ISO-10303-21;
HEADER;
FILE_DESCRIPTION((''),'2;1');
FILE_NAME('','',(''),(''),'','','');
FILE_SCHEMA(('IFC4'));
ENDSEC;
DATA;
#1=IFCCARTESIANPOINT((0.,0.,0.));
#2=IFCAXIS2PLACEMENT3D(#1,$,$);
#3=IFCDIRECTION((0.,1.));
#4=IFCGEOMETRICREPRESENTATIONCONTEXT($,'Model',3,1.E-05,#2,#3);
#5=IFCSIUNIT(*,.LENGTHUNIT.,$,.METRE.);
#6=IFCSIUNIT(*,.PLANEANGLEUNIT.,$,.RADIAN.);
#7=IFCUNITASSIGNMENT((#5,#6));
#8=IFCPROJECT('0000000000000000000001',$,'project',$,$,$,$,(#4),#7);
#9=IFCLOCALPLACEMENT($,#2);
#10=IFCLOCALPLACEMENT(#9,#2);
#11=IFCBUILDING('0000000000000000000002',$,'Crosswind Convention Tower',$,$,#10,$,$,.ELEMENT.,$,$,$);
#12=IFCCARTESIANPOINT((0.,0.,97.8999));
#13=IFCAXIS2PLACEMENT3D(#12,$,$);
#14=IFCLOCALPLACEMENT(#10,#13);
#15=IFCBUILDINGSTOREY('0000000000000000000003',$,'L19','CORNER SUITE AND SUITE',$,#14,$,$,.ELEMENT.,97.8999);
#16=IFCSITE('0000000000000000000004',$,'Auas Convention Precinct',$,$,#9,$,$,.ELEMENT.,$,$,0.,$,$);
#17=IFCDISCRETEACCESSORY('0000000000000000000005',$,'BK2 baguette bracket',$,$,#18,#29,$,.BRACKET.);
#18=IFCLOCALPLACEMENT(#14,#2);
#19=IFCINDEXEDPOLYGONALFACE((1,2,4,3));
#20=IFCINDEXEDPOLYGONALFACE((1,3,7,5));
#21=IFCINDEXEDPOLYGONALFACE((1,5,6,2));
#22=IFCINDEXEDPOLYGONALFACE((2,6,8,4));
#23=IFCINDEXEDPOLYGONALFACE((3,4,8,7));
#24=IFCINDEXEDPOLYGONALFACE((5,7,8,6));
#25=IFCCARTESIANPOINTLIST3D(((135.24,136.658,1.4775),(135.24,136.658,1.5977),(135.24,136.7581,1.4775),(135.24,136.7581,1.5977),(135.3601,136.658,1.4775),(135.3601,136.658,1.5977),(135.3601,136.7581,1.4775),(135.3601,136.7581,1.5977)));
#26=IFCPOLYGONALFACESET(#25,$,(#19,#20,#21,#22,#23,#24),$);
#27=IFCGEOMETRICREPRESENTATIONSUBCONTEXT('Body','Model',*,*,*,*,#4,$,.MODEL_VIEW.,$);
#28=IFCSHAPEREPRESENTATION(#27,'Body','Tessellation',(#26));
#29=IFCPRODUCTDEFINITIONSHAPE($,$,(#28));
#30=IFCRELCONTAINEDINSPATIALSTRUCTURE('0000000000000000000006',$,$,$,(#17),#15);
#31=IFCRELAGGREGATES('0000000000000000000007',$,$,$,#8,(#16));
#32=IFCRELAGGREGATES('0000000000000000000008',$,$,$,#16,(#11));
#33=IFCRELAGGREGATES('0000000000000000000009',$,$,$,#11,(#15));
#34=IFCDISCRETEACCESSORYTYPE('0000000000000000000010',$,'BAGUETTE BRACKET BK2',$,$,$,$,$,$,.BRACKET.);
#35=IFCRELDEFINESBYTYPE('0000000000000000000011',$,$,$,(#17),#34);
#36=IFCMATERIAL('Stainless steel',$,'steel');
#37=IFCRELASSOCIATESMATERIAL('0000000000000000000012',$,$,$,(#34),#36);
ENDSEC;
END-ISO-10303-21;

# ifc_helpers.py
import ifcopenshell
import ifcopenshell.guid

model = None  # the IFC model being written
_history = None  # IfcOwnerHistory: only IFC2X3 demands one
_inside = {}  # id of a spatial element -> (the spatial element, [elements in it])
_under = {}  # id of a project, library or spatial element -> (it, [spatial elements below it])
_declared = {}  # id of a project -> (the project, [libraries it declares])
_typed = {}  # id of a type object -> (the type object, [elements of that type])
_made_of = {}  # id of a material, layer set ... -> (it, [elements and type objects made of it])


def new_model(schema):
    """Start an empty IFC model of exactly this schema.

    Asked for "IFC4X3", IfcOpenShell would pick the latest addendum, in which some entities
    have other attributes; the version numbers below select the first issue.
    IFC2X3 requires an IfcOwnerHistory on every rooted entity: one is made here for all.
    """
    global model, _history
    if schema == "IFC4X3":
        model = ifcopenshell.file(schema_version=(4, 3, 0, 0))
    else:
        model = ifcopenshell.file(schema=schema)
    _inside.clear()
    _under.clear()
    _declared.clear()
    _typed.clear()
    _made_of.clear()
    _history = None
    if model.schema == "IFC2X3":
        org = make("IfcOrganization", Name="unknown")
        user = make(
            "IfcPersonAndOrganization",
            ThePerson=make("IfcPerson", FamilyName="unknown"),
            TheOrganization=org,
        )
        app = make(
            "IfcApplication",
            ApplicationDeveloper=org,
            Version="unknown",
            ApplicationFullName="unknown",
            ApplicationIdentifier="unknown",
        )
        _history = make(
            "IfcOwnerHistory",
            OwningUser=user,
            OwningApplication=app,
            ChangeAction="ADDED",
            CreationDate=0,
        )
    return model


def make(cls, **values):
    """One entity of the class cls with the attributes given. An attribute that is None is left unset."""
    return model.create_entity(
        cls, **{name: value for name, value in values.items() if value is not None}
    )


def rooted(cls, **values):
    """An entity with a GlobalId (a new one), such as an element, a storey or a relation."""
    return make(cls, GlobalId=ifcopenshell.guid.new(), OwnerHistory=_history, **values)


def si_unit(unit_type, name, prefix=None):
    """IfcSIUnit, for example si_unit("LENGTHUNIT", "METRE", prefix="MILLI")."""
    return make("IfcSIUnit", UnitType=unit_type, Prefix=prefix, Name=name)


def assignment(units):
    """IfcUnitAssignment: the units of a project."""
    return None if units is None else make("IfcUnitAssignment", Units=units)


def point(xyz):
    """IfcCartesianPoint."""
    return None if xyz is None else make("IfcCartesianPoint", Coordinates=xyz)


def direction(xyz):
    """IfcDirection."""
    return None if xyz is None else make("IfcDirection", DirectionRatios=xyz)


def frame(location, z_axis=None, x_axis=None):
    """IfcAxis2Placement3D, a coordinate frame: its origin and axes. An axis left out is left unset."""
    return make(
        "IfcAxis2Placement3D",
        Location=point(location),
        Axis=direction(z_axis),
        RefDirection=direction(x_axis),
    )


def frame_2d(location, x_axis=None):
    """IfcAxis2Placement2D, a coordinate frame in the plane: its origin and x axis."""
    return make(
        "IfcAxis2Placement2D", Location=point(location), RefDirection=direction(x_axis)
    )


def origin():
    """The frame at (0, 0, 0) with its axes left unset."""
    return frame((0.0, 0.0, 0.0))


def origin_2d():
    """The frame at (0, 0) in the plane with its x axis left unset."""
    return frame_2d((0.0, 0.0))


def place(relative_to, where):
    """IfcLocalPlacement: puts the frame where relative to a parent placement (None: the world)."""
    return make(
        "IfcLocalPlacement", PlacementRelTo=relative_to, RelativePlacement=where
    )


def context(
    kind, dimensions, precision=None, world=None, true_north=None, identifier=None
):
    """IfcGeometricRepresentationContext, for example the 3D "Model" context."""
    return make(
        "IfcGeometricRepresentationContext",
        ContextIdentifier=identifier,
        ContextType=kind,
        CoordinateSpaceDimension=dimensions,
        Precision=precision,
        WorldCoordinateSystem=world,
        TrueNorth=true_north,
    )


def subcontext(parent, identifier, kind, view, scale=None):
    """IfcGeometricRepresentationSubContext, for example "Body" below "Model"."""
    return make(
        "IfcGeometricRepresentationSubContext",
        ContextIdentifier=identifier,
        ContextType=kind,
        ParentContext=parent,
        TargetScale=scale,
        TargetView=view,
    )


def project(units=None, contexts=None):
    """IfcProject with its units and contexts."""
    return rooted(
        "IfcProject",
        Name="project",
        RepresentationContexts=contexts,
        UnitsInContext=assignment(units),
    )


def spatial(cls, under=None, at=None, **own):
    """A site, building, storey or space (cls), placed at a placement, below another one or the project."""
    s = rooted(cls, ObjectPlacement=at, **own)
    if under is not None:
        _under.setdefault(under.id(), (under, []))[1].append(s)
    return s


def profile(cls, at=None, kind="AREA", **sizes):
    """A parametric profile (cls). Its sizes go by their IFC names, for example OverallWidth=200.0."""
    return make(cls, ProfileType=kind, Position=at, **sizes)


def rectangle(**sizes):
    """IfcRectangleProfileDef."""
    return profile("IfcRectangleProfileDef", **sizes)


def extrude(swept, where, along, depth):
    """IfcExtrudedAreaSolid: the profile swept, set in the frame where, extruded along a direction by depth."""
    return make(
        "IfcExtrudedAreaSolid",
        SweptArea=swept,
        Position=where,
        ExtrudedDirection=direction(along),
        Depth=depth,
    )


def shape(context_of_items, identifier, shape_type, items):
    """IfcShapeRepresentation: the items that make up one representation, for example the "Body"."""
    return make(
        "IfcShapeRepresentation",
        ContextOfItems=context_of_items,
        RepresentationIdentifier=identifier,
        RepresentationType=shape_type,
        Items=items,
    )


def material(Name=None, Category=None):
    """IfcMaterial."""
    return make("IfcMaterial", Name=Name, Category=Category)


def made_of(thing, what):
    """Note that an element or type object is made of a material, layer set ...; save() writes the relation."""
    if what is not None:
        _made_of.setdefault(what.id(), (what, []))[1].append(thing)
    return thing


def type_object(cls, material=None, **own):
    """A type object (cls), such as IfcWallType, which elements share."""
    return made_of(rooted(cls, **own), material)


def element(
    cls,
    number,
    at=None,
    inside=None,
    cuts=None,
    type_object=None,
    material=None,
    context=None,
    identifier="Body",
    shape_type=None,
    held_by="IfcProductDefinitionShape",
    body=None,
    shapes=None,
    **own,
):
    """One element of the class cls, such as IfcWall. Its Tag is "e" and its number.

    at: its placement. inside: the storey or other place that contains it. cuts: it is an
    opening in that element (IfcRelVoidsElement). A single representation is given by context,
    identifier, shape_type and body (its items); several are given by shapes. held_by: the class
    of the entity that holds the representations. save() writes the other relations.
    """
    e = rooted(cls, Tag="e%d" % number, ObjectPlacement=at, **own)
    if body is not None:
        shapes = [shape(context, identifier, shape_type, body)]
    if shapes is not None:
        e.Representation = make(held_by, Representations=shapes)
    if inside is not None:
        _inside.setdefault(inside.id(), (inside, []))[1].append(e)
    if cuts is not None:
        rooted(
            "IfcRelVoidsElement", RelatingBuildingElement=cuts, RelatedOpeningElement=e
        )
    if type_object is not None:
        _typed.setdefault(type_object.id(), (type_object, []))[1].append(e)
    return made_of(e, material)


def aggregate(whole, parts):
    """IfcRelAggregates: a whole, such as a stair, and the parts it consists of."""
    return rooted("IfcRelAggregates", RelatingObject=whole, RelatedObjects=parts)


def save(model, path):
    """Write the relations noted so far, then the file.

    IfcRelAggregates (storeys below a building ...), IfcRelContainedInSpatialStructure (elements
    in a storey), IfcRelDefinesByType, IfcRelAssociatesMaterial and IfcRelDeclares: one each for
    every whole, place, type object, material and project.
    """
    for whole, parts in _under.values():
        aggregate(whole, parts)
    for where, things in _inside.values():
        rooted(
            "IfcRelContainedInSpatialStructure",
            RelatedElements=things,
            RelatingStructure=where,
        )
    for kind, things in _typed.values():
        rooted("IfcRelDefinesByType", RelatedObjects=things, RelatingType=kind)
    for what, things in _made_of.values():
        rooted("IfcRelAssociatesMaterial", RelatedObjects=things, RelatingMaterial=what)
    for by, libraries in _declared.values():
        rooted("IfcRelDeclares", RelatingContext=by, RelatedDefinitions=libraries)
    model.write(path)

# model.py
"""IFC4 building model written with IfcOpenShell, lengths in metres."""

from ifc_helpers import new_model, si_unit, direction, frame, origin, origin_2d, place, context, subcontext, project, spatial, rectangle, extrude, material, type_object, element, save


model = new_model("IFC4")

# Units and contexts
model_context = context("Model", 3, precision=1e-05, world=origin(), true_north=direction((0.0, 1.0)))
body_context = subcontext(model_context, "Body", "Model", "MODEL_VIEW")
ifc_project = project(units=[si_unit("LENGTHUNIT", "METRE"), si_unit("PLANEANGLEUNIT", "RADIAN")], contexts=[model_context])

# Site, building, storey
site_placement = place(None, origin())
site = spatial("IfcSite", under=ifc_project, at=site_placement, Name="Auas Convention Precinct", CompositionType="ELEMENT", RefElevation=0.0)
building_placement = place(site_placement, origin())
building = spatial("IfcBuilding", under=site, at=building_placement, Name="Crosswind Convention Tower", CompositionType="ELEMENT")
storey_placement = place(building_placement, frame((0.0, 0.0, 97.8999)))
storey = spatial("IfcBuildingStorey", under=building, at=storey_placement, Name="L19", Description="CORNER SUITE AND SUITE", CompositionType="ELEMENT", Elevation=97.8999)

# Discrete accessory
ifc_material_1 = material(Name="Stainless steel", Category="steel")
discrete_accessory_type = type_object("IfcDiscreteAccessoryType", Name="BAGUETTE BRACKET BK2", PredefinedType="BRACKET", material=ifc_material_1)
for number, where, z_axis, x_axis, name in (
    (1, (135.3, 136.708, 1.4775), (0.0, 0.0, 1.0), (-1.0, 0.0, 0.0), "BK2 baguette bracket"),
):
    element("IfcDiscreteAccessory", number, at=place(storey_placement, frame(where, z_axis=z_axis, x_axis=x_axis)), inside=storey, type_object=discrete_accessory_type, Name=name, PredefinedType="BRACKET", context=body_context, shape_type="SweptSolid", body=[
        extrude(rectangle(XDim=0.1201, YDim=0.1001, at=origin_2d()), origin(), (0.0, 0.0, 1.0), 0.1201),
    ])

save(model, "model.ifc")
